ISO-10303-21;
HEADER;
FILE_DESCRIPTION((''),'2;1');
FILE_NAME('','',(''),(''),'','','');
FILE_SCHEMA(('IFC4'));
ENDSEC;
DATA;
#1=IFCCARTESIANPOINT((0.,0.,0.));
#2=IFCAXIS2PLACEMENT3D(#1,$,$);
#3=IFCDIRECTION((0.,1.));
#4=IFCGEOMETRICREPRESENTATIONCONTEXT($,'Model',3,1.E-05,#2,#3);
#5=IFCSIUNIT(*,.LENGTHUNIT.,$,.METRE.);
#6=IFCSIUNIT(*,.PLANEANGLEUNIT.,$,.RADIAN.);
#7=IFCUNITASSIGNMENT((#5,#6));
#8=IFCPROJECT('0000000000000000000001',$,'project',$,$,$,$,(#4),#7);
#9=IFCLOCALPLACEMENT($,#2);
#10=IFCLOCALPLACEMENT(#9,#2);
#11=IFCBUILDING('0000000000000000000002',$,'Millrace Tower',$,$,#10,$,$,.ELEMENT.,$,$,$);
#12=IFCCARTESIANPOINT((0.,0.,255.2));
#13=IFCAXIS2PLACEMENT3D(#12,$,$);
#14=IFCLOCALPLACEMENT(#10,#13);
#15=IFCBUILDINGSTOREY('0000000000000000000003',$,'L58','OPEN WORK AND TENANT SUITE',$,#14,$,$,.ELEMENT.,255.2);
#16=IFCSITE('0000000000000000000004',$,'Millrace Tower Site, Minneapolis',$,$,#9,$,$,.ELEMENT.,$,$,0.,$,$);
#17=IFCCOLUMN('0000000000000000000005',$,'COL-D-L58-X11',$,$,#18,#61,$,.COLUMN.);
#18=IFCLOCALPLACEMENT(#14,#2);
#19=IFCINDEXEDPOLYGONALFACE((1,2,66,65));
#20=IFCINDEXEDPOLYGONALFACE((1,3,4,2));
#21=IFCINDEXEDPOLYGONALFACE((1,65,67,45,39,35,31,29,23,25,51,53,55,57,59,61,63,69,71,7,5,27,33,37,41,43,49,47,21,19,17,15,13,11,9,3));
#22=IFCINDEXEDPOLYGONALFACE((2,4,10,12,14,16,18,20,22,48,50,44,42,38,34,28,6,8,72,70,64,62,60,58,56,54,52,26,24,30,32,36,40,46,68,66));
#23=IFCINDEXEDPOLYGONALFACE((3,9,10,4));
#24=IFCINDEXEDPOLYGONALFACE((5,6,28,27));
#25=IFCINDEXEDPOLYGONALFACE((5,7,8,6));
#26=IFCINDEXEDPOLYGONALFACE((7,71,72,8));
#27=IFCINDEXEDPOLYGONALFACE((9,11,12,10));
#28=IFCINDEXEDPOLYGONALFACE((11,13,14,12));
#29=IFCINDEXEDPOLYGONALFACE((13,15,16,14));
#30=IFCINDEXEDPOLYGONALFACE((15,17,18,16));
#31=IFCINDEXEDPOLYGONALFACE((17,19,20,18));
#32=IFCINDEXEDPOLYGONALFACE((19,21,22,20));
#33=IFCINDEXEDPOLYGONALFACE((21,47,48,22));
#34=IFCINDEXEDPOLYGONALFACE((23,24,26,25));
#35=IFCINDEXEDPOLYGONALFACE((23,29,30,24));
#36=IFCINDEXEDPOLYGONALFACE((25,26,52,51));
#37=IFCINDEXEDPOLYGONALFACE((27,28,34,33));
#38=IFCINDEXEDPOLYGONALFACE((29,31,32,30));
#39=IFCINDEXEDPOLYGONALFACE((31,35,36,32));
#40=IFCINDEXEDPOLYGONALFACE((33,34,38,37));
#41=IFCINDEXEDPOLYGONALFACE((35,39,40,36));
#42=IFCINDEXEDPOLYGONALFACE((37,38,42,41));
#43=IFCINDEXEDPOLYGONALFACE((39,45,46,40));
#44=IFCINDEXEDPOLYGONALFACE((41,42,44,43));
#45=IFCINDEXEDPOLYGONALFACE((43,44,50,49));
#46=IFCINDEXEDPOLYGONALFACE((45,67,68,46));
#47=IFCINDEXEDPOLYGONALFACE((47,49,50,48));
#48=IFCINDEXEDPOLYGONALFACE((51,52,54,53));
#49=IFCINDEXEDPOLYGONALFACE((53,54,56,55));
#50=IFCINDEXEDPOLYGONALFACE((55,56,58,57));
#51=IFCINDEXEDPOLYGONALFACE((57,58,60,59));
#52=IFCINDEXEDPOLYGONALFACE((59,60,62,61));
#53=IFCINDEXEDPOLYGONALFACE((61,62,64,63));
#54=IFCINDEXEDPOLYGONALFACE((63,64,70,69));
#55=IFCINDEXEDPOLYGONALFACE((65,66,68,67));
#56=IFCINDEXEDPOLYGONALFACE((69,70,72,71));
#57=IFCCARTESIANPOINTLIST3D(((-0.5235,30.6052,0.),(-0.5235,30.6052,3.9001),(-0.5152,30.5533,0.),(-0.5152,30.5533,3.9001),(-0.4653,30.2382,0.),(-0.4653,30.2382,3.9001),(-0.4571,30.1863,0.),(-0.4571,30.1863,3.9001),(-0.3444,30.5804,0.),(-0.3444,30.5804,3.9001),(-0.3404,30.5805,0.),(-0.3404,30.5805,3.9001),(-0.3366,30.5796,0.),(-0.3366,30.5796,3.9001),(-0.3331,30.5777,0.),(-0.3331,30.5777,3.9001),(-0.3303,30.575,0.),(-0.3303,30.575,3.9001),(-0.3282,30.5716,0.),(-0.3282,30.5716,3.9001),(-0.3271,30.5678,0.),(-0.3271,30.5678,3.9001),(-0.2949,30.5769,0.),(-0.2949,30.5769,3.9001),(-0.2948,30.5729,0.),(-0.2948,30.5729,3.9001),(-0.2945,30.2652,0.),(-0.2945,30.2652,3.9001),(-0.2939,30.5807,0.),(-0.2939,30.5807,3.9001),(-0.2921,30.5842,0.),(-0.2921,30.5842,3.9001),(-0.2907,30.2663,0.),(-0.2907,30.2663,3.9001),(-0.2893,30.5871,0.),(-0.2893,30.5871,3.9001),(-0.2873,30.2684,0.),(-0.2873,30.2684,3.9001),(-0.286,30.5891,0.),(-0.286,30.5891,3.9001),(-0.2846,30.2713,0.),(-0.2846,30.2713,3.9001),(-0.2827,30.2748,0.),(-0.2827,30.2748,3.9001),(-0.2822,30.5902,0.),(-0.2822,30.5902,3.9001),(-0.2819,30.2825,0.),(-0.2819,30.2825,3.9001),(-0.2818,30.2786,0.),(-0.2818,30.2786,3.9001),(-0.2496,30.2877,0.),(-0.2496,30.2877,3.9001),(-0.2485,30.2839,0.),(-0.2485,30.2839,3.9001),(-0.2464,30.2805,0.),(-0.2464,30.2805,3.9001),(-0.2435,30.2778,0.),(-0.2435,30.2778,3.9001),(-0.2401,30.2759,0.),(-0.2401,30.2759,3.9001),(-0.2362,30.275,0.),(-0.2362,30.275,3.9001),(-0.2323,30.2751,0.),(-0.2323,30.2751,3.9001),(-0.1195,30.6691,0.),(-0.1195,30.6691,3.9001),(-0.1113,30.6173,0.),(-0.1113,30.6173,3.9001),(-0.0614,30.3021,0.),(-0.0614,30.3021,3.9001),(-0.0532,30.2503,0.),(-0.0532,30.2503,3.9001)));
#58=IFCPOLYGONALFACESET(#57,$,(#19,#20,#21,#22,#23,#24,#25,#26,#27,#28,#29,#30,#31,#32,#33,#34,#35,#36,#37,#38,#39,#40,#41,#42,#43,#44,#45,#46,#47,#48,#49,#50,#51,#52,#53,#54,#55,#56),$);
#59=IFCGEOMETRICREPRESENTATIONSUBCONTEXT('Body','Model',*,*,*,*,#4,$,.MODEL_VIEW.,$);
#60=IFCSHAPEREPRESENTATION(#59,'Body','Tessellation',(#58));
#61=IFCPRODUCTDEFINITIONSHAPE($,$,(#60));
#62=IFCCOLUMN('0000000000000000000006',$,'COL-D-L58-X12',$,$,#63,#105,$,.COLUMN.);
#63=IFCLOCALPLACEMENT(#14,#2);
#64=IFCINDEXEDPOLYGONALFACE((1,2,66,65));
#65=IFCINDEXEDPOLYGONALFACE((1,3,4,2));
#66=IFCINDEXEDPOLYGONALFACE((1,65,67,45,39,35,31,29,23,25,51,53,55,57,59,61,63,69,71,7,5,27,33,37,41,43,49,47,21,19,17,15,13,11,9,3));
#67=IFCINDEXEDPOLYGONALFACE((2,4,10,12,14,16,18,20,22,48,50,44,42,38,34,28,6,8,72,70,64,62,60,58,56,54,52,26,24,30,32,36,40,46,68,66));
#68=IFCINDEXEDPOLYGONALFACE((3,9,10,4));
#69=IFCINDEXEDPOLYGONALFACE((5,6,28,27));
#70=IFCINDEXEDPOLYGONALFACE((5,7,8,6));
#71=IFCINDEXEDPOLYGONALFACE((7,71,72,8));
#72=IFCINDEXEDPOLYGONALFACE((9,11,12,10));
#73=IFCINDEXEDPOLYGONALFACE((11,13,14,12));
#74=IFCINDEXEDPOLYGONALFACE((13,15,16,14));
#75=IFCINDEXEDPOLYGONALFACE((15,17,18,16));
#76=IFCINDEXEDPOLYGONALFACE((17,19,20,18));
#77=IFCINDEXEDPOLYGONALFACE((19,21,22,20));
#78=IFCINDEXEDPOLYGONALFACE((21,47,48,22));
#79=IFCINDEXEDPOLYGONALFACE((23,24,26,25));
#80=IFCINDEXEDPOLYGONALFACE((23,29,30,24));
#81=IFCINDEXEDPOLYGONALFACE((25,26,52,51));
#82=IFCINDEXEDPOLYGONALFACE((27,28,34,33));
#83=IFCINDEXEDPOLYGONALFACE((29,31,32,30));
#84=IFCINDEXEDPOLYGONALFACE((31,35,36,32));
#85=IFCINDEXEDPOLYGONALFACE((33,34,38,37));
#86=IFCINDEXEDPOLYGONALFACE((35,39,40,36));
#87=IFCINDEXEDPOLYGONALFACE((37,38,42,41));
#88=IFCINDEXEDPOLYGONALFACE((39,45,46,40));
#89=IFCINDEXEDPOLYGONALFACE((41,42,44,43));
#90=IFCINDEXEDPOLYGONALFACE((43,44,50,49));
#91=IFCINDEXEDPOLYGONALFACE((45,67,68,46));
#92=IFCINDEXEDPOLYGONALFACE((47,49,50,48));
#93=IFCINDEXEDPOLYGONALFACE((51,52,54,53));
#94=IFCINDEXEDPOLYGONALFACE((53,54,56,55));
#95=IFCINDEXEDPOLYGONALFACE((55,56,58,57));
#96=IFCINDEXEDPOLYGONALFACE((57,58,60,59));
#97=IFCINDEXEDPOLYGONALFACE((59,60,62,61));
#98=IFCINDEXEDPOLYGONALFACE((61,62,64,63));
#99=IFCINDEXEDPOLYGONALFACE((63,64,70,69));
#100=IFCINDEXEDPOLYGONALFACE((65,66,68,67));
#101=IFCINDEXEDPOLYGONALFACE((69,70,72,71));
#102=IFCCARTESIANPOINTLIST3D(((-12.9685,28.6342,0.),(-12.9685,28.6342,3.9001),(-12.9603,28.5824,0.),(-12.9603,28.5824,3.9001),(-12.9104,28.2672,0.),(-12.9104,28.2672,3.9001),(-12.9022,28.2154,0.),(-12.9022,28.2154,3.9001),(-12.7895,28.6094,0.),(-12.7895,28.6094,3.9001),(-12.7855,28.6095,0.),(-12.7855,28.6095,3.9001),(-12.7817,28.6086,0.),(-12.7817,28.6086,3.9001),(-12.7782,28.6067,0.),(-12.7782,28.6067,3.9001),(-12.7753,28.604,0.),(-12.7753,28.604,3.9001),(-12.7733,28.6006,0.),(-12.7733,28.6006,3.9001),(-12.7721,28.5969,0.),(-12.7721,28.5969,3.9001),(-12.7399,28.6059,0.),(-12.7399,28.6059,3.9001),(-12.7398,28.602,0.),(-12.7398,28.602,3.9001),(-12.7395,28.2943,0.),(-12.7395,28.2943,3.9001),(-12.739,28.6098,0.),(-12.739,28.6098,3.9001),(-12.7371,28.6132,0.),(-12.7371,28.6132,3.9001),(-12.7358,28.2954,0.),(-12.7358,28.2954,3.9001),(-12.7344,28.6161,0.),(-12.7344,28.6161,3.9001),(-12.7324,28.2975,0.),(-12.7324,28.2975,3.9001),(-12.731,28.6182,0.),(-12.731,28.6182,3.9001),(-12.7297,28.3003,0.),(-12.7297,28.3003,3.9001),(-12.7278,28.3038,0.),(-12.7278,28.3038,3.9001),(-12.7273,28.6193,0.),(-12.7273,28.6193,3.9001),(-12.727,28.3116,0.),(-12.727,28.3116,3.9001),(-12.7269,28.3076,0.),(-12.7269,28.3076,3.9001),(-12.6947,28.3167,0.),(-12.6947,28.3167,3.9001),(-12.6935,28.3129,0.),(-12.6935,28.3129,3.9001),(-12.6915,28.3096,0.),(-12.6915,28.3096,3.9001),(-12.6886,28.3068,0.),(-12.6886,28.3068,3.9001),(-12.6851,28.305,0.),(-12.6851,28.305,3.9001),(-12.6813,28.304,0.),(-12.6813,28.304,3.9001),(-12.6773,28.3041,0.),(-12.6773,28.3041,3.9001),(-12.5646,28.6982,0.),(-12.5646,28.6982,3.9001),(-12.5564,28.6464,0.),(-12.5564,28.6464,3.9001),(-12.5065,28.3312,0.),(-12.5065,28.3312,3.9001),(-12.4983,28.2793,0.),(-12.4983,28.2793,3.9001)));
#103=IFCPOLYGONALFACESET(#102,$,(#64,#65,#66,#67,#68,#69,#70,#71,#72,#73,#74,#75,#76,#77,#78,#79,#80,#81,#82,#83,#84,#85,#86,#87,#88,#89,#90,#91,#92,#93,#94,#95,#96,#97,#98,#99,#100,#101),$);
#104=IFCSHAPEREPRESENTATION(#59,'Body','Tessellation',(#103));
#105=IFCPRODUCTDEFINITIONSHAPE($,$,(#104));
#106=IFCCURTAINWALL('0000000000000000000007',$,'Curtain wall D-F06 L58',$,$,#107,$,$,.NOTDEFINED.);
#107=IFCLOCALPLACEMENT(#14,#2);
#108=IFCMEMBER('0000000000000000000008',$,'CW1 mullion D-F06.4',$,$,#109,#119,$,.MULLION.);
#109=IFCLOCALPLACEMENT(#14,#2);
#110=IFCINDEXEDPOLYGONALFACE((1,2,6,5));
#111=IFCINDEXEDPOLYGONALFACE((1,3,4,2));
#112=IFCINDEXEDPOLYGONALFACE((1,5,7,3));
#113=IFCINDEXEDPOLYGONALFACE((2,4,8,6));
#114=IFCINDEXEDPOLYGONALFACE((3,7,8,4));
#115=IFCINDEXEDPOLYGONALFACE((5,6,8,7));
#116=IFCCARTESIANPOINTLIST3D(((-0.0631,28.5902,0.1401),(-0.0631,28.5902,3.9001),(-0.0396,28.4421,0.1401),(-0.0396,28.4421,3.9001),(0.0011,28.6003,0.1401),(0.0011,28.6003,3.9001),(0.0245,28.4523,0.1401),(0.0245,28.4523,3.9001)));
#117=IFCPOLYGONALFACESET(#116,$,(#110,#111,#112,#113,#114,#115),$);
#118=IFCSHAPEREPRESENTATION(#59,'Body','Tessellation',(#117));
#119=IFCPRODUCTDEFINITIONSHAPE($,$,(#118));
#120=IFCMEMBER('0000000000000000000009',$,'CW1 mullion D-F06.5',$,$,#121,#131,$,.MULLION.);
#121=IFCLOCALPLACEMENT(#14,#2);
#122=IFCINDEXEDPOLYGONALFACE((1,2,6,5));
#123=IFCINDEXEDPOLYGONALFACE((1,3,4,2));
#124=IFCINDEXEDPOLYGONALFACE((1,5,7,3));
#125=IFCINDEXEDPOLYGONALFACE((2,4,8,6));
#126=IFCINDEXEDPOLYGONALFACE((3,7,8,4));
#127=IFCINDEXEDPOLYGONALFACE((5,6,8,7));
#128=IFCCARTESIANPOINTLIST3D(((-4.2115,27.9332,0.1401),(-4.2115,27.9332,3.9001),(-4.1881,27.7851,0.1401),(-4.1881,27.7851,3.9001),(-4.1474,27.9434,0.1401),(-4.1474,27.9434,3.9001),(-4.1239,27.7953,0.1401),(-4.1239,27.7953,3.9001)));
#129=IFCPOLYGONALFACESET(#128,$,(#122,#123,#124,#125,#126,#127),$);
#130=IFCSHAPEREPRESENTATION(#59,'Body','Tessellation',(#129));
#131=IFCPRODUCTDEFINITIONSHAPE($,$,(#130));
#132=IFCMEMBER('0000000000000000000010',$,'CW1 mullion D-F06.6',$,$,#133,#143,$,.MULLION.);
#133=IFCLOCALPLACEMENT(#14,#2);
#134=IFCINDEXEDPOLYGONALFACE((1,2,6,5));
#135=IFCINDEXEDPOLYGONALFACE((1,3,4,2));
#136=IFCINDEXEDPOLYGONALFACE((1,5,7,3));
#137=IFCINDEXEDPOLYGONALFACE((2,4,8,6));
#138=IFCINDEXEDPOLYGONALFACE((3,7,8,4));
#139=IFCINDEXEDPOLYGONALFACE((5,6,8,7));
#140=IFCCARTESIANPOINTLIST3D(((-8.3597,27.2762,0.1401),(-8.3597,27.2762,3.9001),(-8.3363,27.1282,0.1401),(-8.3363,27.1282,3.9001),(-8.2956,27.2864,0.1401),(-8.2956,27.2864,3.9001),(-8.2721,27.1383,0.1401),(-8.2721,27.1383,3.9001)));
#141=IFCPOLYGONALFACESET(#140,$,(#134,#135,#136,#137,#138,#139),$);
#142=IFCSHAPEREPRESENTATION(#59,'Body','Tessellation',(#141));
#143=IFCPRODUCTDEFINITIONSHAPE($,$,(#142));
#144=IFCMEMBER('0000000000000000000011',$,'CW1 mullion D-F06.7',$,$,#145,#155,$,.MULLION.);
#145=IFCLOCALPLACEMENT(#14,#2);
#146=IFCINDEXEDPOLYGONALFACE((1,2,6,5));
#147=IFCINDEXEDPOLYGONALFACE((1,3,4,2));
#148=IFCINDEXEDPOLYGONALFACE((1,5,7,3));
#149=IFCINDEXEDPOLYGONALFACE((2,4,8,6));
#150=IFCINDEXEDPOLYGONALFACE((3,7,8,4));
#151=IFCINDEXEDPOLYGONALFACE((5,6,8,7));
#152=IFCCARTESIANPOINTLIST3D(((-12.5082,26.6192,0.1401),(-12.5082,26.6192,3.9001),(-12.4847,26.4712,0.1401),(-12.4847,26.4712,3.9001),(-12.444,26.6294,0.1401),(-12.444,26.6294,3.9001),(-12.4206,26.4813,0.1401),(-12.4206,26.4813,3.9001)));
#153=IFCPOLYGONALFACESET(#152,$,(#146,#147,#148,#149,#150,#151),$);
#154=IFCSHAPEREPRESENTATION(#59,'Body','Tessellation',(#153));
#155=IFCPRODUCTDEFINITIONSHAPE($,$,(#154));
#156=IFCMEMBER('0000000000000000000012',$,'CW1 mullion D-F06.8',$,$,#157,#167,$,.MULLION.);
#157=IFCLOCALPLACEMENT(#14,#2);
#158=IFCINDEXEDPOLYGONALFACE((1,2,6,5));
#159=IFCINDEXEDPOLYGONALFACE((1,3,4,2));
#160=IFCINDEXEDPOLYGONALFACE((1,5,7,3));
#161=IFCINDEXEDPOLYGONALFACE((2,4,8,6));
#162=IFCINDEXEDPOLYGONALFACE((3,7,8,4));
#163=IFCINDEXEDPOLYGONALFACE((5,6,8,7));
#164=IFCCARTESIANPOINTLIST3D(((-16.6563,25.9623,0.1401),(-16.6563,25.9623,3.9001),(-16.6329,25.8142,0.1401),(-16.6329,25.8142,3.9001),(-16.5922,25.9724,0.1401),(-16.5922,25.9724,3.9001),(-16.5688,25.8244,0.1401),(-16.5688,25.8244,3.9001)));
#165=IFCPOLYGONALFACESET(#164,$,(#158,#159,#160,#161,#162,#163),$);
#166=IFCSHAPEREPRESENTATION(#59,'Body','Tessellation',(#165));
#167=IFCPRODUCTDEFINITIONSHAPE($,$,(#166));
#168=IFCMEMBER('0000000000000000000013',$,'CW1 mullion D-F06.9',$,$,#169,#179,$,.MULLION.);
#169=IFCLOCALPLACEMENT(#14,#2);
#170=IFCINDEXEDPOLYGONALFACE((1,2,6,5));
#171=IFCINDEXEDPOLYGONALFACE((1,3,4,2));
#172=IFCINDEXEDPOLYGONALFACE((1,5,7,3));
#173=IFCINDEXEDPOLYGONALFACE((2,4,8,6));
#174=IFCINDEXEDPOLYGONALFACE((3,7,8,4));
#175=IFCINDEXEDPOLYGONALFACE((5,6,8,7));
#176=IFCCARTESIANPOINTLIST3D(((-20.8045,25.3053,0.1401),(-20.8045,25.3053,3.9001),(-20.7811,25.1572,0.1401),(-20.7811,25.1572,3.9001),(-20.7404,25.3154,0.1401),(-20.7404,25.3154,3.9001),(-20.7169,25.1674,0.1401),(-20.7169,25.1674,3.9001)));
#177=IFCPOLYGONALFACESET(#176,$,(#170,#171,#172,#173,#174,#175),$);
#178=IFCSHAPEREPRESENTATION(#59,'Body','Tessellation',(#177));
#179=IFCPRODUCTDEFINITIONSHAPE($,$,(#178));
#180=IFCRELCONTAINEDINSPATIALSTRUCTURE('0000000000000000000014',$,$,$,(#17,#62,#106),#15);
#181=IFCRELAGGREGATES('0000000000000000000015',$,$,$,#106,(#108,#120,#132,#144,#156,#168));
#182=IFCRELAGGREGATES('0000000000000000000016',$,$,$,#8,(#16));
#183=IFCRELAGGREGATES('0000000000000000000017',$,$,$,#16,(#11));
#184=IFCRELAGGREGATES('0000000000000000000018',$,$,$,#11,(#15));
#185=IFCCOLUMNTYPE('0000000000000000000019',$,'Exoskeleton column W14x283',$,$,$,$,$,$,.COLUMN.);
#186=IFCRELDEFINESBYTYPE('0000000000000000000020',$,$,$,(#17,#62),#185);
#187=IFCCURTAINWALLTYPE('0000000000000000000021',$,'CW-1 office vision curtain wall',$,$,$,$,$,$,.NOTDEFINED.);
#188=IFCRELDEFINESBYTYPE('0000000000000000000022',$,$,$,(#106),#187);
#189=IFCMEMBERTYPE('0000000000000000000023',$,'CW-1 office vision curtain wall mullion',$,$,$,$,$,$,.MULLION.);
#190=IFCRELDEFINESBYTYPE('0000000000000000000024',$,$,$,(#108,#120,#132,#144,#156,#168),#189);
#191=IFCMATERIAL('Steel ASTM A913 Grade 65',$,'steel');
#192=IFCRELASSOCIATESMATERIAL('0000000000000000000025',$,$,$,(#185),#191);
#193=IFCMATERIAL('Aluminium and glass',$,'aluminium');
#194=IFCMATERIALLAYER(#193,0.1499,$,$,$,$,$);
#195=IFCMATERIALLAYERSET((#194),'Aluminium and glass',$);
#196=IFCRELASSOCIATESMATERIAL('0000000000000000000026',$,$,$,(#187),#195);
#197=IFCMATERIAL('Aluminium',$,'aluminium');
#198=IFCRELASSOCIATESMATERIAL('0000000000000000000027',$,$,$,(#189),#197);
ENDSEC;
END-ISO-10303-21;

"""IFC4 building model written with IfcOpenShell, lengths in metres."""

from ifc_helpers import new_model, si_unit, direction, frame, origin, origin_2d, place, context, subcontext, project, spatial, rectangle, i_section, extrude, material, layer, layer_set, material_profile, profile_set, type_object, element, aggregate, save


model = new_model("IFC4")

# Units and contexts
model_context = context("Model", 3, precision=1e-05, world=origin(), true_north=direction((0.0, 1.0)))
body_context = subcontext(model_context, "Body", "Model", "MODEL_VIEW")
ifc_project = project(units=[si_unit("LENGTHUNIT", "METRE"), si_unit("PLANEANGLEUNIT", "RADIAN")], contexts=[model_context])

# Site, building, storey
site_placement = place(None, origin())
site = spatial("IfcSite", under=ifc_project, at=site_placement, Name="Millrace Tower Site, Minneapolis", CompositionType="ELEMENT", RefElevation=0.0)
building_placement = place(site_placement, origin())
building = spatial("IfcBuilding", under=site, at=building_placement, Name="Millrace Tower", CompositionType="ELEMENT")
storey_placement = place(building_placement, frame((0.0, 0.0, 255.2)))
storey = spatial("IfcBuildingStorey", under=building, at=storey_placement, Name="L58", Description="OPEN WORK AND TENANT SUITE", CompositionType="ELEMENT", Elevation=255.2)

# Columns
ifc_material_1 = material(Name="Steel ASTM A913 Grade 65", Category="steel")
ifc_material_profile_1 = material_profile(ifc_material_1, i_section(OverallWidth=0.4089, OverallDepth=0.4241, WebThickness=0.0327, FlangeThickness=0.0525, FilletRadius=0.0151, at=origin_2d()))
ifc_profile_set_1 = profile_set([ifc_material_profile_1], Name="Steel ASTM A913 Grade 65")
column_type = type_object("IfcColumnType", Name="Exoskeleton column W14x283", PredefinedType="COLUMN", material=ifc_profile_set_1)
for number, where, z_axis, x_axis, name in (
    (1, (-0.2883, 30.4277, 0.0), (0.0, 0.0, 1.0), (-0.987688, -0.156434, 0.0), "COL-D-L58-X11"),
    (2, (-12.7334, 28.4568, 0.0), (0.0, 0.0, 1.0), (-0.987688, -0.156434, 0.0), "COL-D-L58-X12"),
):
    element("IfcColumn", number, at=place(storey_placement, frame(where, z_axis=z_axis, x_axis=x_axis)), inside=storey, type_object=column_type, Name=name, PredefinedType="COLUMN", context=body_context, shape_type="SweptSolid", body=[
        extrude(i_section(OverallWidth=0.4089, OverallDepth=0.4241, WebThickness=0.0327, FlangeThickness=0.0525, FilletRadius=0.0151, at=origin_2d()), origin(), (0.0, 0.0, 1.0), 3.9001),
    ])

# Curtain wall, members
ifc_material_2 = material(Name="Aluminium and glass", Category="aluminium")
ifc_layer_1 = layer(ifc_material_2, 0.1499)
ifc_layer_set_1 = layer_set([ifc_layer_1], Name="Aluminium and glass")
curtain_wall_type = type_object("IfcCurtainWallType", Name="CW-1 office vision curtain wall", PredefinedType="NOTDEFINED", material=ifc_layer_set_1)
curtain_wall_placement = place(storey_placement, origin())
curtain_wall = element("IfcCurtainWall", 3, at=curtain_wall_placement, inside=storey, type_object=curtain_wall_type, Name="Curtain wall D-F06 L58", PredefinedType="NOTDEFINED")
ifc_material_3 = material(Name="Aluminium", Category="aluminium")
ifc_material_profile_2 = material_profile(ifc_material_3, rectangle(XDim=0.0649, YDim=0.1499, at=origin_2d()))
ifc_profile_set_2 = profile_set([ifc_material_profile_2], Name="Aluminium")
member_type_1 = type_object("IfcMemberType", Name="CW-1 office vision curtain wall mullion", PredefinedType="MULLION", material=ifc_profile_set_2)
member_1_placement = place(storey_placement, frame((-0.0193, 28.5212, 0.1401), z_axis=(0.0, 0.0, 1.0), x_axis=(-0.987688, -0.156434, 0.0)))
member_1 = element("IfcMember", 4, at=member_1_placement, type_object=member_type_1, Name="CW1 mullion D-F06.4", PredefinedType="MULLION", context=body_context, shape_type="SweptSolid", body=[
    extrude(rectangle(XDim=0.0649, YDim=0.1499, at=origin_2d()), origin(), (0.0, 0.0, 1.0), 3.76),
])
member_2_placement = place(storey_placement, frame((-4.1677, 27.8643, 0.1401), z_axis=(0.0, 0.0, 1.0), x_axis=(-0.987688, -0.156434, 0.0)))
member_2 = element("IfcMember", 5, at=member_2_placement, type_object=member_type_1, Name="CW1 mullion D-F06.5", PredefinedType="MULLION", context=body_context, shape_type="SweptSolid", body=[
    extrude(rectangle(XDim=0.0649, YDim=0.1499, at=origin_2d()), origin(), (0.0, 0.0, 1.0), 3.76),
])
member_3_placement = place(storey_placement, frame((-8.3159, 27.2073, 0.1401), z_axis=(0.0, 0.0, 1.0), x_axis=(-0.987688, -0.156434, 0.0)))
member_3 = element("IfcMember", 6, at=member_3_placement, type_object=member_type_1, Name="CW1 mullion D-F06.6", PredefinedType="MULLION", context=body_context, shape_type="SweptSolid", body=[
    extrude(rectangle(XDim=0.0649, YDim=0.1499, at=origin_2d()), origin(), (0.0, 0.0, 1.0), 3.76),
])
member_4_placement = place(storey_placement, frame((-12.4644, 26.5503, 0.1401), z_axis=(0.0, 0.0, 1.0), x_axis=(-0.987688, -0.156434, 0.0)))
member_4 = element("IfcMember", 7, at=member_4_placement, type_object=member_type_1, Name="CW1 mullion D-F06.7", PredefinedType="MULLION", context=body_context, shape_type="SweptSolid", body=[
    extrude(rectangle(XDim=0.0649, YDim=0.1499, at=origin_2d()), origin(), (0.0, 0.0, 1.0), 3.76),
])
member_5_placement = place(storey_placement, frame((-16.6125, 25.8933, 0.1401), z_axis=(0.0, 0.0, 1.0), x_axis=(-0.987688, -0.156434, 0.0)))
member_5 = element("IfcMember", 8, at=member_5_placement, type_object=member_type_1, Name="CW1 mullion D-F06.8", PredefinedType="MULLION", context=body_context, shape_type="SweptSolid", body=[
    extrude(rectangle(XDim=0.0649, YDim=0.1499, at=origin_2d()), origin(), (0.0, 0.0, 1.0), 3.76),
])
member_6_placement = place(storey_placement, frame((-20.7607, 25.2363, 0.1401), z_axis=(0.0, 0.0, 1.0), x_axis=(-0.987688, -0.156434, 0.0)))
member_6 = element("IfcMember", 9, at=member_6_placement, type_object=member_type_1, Name="CW1 mullion D-F06.9", PredefinedType="MULLION", context=body_context, shape_type="SweptSolid", body=[
    extrude(rectangle(XDim=0.0649, YDim=0.1499, at=origin_2d()), origin(), (0.0, 0.0, 1.0), 3.76),
])
aggregate(curtain_wall, [member_1, member_2, member_3, member_4, member_5, member_6])

save(model, "model.ifc")
